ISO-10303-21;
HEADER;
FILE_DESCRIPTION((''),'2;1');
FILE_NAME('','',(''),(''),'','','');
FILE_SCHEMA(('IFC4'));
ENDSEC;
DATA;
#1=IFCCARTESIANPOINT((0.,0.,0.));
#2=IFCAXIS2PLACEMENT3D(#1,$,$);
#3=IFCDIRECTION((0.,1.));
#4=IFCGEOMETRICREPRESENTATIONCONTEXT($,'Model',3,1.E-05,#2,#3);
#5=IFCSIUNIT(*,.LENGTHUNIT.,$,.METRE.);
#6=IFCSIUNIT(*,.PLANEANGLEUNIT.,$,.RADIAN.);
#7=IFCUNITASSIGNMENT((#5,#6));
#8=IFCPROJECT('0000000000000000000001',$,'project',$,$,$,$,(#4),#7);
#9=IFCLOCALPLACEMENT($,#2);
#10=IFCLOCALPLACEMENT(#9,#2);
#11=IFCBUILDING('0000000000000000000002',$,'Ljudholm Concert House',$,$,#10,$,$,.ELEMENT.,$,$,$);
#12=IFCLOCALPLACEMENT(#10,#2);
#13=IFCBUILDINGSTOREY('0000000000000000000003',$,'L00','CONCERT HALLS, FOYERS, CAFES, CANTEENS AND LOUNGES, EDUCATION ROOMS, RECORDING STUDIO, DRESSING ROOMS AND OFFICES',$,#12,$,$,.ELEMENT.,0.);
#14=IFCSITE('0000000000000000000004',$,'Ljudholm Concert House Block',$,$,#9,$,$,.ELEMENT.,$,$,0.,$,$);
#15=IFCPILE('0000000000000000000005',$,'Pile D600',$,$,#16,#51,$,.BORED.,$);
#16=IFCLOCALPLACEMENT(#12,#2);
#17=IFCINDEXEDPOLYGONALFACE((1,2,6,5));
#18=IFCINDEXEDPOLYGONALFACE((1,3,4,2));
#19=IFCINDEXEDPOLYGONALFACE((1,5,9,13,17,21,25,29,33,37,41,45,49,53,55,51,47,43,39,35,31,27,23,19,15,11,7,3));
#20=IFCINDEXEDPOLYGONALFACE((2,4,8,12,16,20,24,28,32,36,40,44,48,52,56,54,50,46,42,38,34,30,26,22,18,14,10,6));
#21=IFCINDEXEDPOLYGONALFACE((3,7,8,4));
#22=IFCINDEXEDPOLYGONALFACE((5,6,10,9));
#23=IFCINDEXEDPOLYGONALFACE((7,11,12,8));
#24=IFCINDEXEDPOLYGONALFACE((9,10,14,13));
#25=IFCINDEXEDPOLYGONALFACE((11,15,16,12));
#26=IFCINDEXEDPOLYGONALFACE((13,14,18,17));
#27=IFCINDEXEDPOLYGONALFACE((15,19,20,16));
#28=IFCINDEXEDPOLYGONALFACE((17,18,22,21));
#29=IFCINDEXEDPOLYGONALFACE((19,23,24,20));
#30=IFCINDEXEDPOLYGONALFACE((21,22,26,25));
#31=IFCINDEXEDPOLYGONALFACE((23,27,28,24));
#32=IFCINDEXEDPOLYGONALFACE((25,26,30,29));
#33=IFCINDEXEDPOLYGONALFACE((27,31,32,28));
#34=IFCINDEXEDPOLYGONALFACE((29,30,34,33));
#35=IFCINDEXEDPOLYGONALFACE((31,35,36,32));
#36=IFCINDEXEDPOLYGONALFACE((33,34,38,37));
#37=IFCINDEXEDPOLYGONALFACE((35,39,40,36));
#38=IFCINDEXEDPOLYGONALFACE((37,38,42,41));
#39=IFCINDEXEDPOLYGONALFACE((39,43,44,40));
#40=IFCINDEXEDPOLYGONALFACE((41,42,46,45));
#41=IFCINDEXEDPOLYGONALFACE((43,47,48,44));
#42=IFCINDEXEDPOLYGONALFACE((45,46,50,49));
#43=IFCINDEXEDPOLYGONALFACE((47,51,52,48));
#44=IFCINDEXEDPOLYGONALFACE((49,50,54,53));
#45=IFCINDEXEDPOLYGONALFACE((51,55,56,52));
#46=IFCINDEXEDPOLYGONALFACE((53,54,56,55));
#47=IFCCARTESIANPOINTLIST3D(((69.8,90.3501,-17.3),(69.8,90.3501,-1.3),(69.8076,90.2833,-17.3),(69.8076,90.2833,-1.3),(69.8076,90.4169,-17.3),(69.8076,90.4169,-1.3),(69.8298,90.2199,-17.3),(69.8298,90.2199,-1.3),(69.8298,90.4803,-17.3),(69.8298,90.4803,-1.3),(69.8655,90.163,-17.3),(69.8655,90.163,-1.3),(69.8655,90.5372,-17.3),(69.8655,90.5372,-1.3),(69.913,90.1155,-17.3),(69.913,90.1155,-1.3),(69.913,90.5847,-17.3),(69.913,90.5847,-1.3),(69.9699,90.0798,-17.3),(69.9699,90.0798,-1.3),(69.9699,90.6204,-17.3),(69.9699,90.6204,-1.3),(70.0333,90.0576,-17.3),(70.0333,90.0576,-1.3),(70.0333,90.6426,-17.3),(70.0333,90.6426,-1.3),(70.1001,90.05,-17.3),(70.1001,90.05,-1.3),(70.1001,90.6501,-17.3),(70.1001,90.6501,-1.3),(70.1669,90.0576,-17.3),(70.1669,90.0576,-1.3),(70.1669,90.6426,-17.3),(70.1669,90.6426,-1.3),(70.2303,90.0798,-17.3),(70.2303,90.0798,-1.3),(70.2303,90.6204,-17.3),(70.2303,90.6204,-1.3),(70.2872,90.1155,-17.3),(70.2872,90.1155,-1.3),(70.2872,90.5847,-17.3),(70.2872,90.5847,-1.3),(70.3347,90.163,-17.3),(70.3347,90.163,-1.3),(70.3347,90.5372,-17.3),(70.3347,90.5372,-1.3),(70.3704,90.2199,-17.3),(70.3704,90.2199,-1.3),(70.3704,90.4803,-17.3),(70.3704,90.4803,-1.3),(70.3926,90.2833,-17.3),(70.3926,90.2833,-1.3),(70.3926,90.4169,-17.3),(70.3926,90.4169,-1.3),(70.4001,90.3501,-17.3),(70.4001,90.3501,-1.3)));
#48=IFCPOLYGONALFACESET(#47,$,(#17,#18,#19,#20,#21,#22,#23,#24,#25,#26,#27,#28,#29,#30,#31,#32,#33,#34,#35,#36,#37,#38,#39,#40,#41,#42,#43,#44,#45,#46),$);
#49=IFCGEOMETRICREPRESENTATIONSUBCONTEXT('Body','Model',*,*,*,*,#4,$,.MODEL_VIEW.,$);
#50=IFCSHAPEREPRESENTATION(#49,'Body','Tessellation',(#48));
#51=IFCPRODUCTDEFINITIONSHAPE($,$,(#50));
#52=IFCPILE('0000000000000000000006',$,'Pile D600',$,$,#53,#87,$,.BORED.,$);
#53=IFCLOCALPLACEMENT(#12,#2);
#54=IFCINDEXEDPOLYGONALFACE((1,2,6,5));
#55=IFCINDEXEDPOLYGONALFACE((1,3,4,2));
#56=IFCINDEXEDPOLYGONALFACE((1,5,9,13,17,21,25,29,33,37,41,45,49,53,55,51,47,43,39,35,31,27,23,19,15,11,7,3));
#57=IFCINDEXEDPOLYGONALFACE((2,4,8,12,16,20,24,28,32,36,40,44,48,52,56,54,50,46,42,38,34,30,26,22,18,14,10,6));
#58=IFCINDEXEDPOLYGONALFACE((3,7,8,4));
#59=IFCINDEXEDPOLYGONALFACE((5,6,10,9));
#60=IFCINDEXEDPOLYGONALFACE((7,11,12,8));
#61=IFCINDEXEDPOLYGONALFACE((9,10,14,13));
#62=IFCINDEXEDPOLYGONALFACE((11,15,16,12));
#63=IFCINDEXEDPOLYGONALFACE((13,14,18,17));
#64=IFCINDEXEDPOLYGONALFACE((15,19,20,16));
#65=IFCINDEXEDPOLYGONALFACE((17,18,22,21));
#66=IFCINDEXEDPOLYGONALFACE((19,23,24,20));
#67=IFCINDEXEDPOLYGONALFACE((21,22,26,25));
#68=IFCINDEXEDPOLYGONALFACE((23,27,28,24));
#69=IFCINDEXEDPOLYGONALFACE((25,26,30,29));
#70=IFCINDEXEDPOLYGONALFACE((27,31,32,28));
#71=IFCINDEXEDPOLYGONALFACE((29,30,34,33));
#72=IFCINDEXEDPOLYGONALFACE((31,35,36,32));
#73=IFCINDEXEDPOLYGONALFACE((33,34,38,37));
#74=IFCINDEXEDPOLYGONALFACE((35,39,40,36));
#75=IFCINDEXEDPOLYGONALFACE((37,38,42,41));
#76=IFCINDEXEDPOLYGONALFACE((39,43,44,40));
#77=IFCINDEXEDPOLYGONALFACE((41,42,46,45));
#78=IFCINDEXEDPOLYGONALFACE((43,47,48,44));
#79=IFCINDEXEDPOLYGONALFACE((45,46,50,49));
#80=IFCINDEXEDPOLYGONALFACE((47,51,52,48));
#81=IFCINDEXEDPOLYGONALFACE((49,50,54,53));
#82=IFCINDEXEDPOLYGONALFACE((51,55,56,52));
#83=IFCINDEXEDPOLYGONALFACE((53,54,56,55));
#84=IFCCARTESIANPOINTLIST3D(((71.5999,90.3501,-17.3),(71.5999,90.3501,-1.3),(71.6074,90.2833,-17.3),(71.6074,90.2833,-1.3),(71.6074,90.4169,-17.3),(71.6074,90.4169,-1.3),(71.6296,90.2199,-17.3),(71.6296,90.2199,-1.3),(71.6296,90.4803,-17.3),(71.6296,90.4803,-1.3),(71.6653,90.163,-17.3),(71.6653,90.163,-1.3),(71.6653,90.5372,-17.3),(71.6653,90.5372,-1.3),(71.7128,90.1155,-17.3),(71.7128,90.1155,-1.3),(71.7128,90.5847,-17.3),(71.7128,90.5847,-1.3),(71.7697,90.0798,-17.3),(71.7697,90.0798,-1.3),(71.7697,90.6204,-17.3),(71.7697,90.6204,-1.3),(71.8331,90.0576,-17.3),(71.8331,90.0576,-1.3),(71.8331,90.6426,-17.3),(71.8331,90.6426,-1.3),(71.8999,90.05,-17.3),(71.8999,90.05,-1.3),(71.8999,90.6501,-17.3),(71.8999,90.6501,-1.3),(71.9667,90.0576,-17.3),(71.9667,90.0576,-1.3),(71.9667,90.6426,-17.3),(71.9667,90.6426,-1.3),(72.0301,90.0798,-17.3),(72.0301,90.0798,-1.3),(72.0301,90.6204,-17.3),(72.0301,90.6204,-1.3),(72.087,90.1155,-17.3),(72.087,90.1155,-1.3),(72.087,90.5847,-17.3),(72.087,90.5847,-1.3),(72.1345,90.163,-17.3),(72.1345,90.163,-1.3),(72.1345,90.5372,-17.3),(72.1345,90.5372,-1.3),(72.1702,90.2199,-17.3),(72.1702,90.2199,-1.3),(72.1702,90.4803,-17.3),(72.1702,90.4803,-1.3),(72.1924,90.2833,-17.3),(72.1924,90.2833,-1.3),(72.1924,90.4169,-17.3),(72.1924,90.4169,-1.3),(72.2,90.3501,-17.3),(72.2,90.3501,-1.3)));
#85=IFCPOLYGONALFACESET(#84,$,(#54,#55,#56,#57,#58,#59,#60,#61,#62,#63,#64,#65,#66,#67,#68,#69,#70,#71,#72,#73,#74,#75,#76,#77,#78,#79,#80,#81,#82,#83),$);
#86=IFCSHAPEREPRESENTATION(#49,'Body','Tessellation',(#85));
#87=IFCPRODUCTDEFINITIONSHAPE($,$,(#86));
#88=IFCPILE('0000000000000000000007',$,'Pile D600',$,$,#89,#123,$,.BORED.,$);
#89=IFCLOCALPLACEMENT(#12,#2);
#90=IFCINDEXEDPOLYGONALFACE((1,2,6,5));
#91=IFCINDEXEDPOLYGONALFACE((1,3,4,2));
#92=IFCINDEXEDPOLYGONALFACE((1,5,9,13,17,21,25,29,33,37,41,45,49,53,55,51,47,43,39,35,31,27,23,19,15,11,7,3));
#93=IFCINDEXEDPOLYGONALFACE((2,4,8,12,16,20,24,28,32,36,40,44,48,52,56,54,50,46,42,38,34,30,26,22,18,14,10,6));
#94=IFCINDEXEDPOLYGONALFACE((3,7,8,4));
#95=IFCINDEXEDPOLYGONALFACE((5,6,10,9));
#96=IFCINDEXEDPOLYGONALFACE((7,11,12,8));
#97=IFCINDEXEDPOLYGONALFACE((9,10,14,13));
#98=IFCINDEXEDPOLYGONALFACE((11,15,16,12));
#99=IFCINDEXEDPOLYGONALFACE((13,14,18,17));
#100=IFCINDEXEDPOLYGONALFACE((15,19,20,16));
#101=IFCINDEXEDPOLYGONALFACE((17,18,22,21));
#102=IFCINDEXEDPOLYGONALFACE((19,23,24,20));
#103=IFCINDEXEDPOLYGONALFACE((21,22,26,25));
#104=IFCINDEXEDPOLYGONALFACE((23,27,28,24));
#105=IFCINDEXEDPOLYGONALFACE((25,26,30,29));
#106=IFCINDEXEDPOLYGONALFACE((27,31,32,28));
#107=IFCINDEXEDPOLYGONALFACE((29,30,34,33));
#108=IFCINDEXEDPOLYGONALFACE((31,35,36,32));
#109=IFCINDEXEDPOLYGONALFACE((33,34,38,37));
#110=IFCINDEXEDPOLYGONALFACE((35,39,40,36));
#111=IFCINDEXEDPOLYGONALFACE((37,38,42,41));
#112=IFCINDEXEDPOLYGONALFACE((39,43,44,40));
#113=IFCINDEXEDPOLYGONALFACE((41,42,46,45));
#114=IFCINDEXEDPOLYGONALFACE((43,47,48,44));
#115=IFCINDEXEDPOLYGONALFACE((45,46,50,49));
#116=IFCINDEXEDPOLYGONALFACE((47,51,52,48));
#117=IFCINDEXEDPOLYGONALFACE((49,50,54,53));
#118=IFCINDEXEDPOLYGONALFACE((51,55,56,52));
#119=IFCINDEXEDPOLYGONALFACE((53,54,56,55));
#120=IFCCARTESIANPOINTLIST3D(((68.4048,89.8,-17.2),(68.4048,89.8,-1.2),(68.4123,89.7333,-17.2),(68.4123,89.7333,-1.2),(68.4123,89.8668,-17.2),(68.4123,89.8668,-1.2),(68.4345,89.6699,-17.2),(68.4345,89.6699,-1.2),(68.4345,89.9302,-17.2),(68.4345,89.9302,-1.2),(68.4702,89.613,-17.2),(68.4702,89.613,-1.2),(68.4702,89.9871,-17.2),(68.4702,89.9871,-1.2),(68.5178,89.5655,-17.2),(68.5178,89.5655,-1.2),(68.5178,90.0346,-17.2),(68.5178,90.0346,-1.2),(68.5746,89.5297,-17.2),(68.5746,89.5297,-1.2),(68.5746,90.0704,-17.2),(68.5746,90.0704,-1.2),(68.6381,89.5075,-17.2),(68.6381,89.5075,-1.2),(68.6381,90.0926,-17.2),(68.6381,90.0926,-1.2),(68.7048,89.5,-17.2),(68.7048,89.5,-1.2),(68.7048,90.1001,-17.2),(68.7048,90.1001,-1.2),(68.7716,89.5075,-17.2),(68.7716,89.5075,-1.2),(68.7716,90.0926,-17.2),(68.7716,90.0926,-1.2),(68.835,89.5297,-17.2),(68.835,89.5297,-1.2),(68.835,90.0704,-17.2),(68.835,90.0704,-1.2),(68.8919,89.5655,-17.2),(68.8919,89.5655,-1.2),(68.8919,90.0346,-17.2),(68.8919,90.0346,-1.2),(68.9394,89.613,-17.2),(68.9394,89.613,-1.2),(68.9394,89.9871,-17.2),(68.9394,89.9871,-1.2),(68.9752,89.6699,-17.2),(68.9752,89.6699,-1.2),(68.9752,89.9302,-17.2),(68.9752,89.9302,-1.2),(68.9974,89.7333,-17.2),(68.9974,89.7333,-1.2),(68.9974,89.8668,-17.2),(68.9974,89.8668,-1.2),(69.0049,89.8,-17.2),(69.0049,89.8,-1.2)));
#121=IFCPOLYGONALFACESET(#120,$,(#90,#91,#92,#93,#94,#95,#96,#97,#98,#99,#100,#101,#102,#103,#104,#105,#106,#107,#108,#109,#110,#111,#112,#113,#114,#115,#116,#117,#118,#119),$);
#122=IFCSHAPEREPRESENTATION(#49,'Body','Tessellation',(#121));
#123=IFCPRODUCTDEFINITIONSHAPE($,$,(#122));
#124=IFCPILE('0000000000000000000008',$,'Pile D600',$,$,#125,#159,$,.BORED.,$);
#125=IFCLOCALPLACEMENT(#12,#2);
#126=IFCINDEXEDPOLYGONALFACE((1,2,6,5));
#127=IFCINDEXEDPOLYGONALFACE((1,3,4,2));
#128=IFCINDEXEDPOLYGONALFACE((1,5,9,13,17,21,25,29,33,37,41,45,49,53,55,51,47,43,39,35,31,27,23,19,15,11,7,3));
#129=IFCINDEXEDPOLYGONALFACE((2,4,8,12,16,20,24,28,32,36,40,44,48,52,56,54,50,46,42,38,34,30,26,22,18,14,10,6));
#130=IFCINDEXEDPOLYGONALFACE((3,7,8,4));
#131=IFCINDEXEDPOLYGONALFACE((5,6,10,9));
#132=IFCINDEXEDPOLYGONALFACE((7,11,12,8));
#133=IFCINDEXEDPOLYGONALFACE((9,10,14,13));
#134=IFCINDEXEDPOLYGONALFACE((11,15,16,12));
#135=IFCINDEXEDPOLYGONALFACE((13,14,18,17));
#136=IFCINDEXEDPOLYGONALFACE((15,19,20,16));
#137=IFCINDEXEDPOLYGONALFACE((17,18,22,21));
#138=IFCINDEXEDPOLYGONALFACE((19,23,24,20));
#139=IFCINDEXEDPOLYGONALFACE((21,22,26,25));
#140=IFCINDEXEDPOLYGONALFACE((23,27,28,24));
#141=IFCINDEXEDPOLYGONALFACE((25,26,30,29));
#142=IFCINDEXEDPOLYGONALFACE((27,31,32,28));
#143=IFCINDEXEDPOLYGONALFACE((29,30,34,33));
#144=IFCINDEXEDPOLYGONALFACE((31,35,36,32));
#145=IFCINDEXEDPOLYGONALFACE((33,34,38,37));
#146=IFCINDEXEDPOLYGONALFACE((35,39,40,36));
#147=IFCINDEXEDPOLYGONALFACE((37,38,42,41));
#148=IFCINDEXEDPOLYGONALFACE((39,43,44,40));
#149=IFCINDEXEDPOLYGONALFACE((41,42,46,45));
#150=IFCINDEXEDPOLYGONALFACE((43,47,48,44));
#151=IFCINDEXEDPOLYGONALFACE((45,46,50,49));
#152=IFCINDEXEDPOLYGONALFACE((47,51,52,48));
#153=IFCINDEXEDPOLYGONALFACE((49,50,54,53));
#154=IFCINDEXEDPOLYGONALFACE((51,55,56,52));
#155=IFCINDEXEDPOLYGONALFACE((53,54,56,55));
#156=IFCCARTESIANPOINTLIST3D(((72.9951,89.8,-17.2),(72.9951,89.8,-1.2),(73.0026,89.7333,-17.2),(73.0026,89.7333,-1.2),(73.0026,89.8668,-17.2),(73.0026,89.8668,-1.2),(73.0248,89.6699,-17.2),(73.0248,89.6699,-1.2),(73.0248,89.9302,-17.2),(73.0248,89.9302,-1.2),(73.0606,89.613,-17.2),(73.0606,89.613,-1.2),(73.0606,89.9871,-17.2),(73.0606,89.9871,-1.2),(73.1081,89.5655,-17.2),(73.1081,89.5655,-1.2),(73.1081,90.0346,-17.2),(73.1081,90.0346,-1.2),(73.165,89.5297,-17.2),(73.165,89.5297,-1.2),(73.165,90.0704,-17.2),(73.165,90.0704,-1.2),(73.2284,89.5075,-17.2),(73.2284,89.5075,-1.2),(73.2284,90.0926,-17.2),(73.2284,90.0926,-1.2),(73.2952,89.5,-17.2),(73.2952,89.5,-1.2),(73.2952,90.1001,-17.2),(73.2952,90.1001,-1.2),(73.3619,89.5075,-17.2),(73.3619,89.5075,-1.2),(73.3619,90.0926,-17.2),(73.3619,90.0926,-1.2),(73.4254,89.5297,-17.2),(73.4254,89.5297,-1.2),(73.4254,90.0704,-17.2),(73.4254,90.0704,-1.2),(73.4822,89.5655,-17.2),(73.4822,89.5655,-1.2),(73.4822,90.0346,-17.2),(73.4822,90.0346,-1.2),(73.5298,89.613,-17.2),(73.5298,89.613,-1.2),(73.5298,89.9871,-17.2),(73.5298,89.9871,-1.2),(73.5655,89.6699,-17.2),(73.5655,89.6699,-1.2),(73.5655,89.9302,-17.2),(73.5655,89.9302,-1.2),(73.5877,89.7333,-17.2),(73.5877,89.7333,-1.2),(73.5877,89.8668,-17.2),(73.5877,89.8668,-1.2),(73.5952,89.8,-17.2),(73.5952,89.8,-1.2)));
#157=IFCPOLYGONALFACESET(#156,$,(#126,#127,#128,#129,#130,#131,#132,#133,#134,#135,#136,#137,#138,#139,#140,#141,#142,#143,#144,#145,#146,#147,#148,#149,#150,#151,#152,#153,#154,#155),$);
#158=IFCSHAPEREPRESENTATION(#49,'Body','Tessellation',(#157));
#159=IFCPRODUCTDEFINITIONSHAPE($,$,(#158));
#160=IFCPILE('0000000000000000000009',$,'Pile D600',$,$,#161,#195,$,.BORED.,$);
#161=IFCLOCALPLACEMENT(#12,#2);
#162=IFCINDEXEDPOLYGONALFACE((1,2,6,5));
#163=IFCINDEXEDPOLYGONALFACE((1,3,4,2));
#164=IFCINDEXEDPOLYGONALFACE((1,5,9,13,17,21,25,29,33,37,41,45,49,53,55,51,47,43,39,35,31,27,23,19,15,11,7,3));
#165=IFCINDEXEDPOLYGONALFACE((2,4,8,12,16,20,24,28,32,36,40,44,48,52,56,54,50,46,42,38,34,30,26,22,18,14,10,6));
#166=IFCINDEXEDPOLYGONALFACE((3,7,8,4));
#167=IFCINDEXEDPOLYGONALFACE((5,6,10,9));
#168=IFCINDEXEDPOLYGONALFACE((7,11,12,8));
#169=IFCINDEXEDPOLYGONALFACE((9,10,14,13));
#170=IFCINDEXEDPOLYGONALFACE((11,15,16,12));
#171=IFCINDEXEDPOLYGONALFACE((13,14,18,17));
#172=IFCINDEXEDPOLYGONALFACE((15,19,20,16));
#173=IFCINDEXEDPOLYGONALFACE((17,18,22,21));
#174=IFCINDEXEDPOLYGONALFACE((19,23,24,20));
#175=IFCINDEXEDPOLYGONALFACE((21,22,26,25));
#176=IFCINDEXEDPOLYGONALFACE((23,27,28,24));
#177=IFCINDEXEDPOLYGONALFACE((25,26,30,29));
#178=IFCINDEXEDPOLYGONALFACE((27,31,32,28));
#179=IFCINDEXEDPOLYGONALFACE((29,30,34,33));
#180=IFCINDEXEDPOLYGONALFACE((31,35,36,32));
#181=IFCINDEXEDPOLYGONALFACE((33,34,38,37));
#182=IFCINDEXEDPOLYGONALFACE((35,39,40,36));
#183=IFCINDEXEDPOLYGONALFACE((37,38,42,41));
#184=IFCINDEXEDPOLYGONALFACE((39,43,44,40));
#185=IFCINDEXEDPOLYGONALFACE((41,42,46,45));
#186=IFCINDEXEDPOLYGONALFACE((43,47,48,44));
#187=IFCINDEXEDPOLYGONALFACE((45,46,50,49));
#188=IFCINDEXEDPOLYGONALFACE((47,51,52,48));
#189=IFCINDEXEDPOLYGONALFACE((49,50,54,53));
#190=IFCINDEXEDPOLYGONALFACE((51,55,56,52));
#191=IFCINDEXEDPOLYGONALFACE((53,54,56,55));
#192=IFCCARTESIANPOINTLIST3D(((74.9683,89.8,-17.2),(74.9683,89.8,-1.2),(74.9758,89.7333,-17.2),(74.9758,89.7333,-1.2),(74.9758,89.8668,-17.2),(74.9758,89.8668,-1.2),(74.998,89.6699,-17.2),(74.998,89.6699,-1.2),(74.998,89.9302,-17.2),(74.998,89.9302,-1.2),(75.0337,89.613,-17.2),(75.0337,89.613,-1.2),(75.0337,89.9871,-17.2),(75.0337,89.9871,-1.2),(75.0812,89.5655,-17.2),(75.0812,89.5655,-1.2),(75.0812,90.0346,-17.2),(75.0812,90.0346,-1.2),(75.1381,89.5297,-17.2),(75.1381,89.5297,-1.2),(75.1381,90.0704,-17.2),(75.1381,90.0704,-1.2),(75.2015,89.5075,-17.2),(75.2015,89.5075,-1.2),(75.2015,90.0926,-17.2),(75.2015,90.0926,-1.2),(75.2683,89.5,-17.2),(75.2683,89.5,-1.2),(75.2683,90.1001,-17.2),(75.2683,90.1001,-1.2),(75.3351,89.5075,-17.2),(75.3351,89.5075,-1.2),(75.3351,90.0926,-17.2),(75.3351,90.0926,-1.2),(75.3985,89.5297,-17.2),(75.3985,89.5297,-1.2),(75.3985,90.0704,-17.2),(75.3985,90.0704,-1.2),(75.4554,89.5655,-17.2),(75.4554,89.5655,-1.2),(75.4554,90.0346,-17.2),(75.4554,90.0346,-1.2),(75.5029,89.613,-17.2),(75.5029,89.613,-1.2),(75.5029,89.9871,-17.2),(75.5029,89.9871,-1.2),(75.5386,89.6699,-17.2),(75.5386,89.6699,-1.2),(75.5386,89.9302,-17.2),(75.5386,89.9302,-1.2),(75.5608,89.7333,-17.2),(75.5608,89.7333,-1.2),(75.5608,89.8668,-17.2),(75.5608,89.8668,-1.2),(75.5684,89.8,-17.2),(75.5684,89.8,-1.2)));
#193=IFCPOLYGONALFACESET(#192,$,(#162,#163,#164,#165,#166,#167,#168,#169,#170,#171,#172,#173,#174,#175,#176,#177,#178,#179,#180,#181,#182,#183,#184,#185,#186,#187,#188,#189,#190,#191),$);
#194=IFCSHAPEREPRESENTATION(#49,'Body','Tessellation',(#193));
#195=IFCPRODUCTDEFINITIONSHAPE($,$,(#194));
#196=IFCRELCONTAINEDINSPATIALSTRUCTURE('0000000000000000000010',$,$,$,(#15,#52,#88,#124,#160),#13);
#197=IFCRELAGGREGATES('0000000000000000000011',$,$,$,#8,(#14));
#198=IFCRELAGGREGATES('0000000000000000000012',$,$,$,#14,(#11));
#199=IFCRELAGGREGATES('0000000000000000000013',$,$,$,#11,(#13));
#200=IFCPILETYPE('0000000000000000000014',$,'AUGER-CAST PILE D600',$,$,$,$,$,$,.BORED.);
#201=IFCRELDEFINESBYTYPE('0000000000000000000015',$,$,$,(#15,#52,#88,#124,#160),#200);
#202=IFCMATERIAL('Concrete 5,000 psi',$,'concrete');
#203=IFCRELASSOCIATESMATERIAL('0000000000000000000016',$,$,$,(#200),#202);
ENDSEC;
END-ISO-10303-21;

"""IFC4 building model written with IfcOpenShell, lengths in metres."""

from ifc_helpers import new_model, si_unit, direction, frame, origin, origin_2d, place, context, subcontext, project, spatial, circle, extrude, material, material_profile, profile_set, type_object, element, save


model = new_model("IFC4")

# Units and contexts
model_context = context("Model", 3, precision=1e-05, world=origin(), true_north=direction((0.0, 1.0)))
body_context = subcontext(model_context, "Body", "Model", "MODEL_VIEW")
ifc_project = project(units=[si_unit("LENGTHUNIT", "METRE"), si_unit("PLANEANGLEUNIT", "RADIAN")], contexts=[model_context])

# Site, building, storey
site_placement = place(None, origin())
site = spatial("IfcSite", under=ifc_project, at=site_placement, Name="Ljudholm Concert House Block", CompositionType="ELEMENT", RefElevation=0.0)
building_placement = place(site_placement, origin())
building = spatial("IfcBuilding", under=site, at=building_placement, Name="Ljudholm Concert House", CompositionType="ELEMENT")
storey_placement = place(building_placement, origin())
storey = spatial("IfcBuildingStorey", under=building, at=storey_placement, Name="L00", Description="CONCERT HALLS, FOYERS, CAFES, CANTEENS AND LOUNGES, EDUCATION ROOMS, RECORDING STUDIO, DRESSING ROOMS AND OFFICES", CompositionType="ELEMENT", Elevation=0.0)

# Piles
ifc_material_1 = material(Name="Concrete 5,000 psi", Category="concrete")
ifc_material_profile_1 = material_profile(ifc_material_1, circle(Radius=0.3, at=origin_2d()), Name="AUGER-CAST PILE D600")
ifc_profile_set_1 = profile_set([ifc_material_profile_1], Name="Concrete 5,000 psi")
pile_type_1 = type_object("IfcPileType", Name="AUGER-CAST PILE D600", PredefinedType="BORED", material=ifc_profile_set_1)
for number, where, z_axis, x_axis, name in (
    (1, (70.1001, 90.3501, -1.3), (0.0, 0.0, -1.0), (1.0, 0.0, 0.0), "Pile D600"),
    (2, (71.8999, 90.3501, -1.3), (0.0, 0.0, -1.0), (1.0, 0.0, 0.0), "Pile D600"),
    (3, (68.7048, 89.8, -1.2), (0.0, 0.0, -1.0), (1.0, 0.0, 0.0), "Pile D600"),
    (4, (73.2952, 89.8, -1.2), (0.0, 0.0, -1.0), (1.0, 0.0, 0.0), "Pile D600"),
    (5, (75.2683, 89.8, -1.2), (0.0, 0.0, -1.0), (1.0, 0.0, 0.0), "Pile D600"),
):
    element("IfcPile", number, at=place(storey_placement, frame(where, z_axis=z_axis, x_axis=x_axis)), inside=storey, type_object=pile_type_1, Name=name, PredefinedType="BORED", context=body_context, shape_type="SweptSolid", body=[
        extrude(circle(Radius=0.3, at=origin_2d()), origin(), (0.0, 0.0, 1.0), 16.0),
    ])

save(model, "model.ifc")
